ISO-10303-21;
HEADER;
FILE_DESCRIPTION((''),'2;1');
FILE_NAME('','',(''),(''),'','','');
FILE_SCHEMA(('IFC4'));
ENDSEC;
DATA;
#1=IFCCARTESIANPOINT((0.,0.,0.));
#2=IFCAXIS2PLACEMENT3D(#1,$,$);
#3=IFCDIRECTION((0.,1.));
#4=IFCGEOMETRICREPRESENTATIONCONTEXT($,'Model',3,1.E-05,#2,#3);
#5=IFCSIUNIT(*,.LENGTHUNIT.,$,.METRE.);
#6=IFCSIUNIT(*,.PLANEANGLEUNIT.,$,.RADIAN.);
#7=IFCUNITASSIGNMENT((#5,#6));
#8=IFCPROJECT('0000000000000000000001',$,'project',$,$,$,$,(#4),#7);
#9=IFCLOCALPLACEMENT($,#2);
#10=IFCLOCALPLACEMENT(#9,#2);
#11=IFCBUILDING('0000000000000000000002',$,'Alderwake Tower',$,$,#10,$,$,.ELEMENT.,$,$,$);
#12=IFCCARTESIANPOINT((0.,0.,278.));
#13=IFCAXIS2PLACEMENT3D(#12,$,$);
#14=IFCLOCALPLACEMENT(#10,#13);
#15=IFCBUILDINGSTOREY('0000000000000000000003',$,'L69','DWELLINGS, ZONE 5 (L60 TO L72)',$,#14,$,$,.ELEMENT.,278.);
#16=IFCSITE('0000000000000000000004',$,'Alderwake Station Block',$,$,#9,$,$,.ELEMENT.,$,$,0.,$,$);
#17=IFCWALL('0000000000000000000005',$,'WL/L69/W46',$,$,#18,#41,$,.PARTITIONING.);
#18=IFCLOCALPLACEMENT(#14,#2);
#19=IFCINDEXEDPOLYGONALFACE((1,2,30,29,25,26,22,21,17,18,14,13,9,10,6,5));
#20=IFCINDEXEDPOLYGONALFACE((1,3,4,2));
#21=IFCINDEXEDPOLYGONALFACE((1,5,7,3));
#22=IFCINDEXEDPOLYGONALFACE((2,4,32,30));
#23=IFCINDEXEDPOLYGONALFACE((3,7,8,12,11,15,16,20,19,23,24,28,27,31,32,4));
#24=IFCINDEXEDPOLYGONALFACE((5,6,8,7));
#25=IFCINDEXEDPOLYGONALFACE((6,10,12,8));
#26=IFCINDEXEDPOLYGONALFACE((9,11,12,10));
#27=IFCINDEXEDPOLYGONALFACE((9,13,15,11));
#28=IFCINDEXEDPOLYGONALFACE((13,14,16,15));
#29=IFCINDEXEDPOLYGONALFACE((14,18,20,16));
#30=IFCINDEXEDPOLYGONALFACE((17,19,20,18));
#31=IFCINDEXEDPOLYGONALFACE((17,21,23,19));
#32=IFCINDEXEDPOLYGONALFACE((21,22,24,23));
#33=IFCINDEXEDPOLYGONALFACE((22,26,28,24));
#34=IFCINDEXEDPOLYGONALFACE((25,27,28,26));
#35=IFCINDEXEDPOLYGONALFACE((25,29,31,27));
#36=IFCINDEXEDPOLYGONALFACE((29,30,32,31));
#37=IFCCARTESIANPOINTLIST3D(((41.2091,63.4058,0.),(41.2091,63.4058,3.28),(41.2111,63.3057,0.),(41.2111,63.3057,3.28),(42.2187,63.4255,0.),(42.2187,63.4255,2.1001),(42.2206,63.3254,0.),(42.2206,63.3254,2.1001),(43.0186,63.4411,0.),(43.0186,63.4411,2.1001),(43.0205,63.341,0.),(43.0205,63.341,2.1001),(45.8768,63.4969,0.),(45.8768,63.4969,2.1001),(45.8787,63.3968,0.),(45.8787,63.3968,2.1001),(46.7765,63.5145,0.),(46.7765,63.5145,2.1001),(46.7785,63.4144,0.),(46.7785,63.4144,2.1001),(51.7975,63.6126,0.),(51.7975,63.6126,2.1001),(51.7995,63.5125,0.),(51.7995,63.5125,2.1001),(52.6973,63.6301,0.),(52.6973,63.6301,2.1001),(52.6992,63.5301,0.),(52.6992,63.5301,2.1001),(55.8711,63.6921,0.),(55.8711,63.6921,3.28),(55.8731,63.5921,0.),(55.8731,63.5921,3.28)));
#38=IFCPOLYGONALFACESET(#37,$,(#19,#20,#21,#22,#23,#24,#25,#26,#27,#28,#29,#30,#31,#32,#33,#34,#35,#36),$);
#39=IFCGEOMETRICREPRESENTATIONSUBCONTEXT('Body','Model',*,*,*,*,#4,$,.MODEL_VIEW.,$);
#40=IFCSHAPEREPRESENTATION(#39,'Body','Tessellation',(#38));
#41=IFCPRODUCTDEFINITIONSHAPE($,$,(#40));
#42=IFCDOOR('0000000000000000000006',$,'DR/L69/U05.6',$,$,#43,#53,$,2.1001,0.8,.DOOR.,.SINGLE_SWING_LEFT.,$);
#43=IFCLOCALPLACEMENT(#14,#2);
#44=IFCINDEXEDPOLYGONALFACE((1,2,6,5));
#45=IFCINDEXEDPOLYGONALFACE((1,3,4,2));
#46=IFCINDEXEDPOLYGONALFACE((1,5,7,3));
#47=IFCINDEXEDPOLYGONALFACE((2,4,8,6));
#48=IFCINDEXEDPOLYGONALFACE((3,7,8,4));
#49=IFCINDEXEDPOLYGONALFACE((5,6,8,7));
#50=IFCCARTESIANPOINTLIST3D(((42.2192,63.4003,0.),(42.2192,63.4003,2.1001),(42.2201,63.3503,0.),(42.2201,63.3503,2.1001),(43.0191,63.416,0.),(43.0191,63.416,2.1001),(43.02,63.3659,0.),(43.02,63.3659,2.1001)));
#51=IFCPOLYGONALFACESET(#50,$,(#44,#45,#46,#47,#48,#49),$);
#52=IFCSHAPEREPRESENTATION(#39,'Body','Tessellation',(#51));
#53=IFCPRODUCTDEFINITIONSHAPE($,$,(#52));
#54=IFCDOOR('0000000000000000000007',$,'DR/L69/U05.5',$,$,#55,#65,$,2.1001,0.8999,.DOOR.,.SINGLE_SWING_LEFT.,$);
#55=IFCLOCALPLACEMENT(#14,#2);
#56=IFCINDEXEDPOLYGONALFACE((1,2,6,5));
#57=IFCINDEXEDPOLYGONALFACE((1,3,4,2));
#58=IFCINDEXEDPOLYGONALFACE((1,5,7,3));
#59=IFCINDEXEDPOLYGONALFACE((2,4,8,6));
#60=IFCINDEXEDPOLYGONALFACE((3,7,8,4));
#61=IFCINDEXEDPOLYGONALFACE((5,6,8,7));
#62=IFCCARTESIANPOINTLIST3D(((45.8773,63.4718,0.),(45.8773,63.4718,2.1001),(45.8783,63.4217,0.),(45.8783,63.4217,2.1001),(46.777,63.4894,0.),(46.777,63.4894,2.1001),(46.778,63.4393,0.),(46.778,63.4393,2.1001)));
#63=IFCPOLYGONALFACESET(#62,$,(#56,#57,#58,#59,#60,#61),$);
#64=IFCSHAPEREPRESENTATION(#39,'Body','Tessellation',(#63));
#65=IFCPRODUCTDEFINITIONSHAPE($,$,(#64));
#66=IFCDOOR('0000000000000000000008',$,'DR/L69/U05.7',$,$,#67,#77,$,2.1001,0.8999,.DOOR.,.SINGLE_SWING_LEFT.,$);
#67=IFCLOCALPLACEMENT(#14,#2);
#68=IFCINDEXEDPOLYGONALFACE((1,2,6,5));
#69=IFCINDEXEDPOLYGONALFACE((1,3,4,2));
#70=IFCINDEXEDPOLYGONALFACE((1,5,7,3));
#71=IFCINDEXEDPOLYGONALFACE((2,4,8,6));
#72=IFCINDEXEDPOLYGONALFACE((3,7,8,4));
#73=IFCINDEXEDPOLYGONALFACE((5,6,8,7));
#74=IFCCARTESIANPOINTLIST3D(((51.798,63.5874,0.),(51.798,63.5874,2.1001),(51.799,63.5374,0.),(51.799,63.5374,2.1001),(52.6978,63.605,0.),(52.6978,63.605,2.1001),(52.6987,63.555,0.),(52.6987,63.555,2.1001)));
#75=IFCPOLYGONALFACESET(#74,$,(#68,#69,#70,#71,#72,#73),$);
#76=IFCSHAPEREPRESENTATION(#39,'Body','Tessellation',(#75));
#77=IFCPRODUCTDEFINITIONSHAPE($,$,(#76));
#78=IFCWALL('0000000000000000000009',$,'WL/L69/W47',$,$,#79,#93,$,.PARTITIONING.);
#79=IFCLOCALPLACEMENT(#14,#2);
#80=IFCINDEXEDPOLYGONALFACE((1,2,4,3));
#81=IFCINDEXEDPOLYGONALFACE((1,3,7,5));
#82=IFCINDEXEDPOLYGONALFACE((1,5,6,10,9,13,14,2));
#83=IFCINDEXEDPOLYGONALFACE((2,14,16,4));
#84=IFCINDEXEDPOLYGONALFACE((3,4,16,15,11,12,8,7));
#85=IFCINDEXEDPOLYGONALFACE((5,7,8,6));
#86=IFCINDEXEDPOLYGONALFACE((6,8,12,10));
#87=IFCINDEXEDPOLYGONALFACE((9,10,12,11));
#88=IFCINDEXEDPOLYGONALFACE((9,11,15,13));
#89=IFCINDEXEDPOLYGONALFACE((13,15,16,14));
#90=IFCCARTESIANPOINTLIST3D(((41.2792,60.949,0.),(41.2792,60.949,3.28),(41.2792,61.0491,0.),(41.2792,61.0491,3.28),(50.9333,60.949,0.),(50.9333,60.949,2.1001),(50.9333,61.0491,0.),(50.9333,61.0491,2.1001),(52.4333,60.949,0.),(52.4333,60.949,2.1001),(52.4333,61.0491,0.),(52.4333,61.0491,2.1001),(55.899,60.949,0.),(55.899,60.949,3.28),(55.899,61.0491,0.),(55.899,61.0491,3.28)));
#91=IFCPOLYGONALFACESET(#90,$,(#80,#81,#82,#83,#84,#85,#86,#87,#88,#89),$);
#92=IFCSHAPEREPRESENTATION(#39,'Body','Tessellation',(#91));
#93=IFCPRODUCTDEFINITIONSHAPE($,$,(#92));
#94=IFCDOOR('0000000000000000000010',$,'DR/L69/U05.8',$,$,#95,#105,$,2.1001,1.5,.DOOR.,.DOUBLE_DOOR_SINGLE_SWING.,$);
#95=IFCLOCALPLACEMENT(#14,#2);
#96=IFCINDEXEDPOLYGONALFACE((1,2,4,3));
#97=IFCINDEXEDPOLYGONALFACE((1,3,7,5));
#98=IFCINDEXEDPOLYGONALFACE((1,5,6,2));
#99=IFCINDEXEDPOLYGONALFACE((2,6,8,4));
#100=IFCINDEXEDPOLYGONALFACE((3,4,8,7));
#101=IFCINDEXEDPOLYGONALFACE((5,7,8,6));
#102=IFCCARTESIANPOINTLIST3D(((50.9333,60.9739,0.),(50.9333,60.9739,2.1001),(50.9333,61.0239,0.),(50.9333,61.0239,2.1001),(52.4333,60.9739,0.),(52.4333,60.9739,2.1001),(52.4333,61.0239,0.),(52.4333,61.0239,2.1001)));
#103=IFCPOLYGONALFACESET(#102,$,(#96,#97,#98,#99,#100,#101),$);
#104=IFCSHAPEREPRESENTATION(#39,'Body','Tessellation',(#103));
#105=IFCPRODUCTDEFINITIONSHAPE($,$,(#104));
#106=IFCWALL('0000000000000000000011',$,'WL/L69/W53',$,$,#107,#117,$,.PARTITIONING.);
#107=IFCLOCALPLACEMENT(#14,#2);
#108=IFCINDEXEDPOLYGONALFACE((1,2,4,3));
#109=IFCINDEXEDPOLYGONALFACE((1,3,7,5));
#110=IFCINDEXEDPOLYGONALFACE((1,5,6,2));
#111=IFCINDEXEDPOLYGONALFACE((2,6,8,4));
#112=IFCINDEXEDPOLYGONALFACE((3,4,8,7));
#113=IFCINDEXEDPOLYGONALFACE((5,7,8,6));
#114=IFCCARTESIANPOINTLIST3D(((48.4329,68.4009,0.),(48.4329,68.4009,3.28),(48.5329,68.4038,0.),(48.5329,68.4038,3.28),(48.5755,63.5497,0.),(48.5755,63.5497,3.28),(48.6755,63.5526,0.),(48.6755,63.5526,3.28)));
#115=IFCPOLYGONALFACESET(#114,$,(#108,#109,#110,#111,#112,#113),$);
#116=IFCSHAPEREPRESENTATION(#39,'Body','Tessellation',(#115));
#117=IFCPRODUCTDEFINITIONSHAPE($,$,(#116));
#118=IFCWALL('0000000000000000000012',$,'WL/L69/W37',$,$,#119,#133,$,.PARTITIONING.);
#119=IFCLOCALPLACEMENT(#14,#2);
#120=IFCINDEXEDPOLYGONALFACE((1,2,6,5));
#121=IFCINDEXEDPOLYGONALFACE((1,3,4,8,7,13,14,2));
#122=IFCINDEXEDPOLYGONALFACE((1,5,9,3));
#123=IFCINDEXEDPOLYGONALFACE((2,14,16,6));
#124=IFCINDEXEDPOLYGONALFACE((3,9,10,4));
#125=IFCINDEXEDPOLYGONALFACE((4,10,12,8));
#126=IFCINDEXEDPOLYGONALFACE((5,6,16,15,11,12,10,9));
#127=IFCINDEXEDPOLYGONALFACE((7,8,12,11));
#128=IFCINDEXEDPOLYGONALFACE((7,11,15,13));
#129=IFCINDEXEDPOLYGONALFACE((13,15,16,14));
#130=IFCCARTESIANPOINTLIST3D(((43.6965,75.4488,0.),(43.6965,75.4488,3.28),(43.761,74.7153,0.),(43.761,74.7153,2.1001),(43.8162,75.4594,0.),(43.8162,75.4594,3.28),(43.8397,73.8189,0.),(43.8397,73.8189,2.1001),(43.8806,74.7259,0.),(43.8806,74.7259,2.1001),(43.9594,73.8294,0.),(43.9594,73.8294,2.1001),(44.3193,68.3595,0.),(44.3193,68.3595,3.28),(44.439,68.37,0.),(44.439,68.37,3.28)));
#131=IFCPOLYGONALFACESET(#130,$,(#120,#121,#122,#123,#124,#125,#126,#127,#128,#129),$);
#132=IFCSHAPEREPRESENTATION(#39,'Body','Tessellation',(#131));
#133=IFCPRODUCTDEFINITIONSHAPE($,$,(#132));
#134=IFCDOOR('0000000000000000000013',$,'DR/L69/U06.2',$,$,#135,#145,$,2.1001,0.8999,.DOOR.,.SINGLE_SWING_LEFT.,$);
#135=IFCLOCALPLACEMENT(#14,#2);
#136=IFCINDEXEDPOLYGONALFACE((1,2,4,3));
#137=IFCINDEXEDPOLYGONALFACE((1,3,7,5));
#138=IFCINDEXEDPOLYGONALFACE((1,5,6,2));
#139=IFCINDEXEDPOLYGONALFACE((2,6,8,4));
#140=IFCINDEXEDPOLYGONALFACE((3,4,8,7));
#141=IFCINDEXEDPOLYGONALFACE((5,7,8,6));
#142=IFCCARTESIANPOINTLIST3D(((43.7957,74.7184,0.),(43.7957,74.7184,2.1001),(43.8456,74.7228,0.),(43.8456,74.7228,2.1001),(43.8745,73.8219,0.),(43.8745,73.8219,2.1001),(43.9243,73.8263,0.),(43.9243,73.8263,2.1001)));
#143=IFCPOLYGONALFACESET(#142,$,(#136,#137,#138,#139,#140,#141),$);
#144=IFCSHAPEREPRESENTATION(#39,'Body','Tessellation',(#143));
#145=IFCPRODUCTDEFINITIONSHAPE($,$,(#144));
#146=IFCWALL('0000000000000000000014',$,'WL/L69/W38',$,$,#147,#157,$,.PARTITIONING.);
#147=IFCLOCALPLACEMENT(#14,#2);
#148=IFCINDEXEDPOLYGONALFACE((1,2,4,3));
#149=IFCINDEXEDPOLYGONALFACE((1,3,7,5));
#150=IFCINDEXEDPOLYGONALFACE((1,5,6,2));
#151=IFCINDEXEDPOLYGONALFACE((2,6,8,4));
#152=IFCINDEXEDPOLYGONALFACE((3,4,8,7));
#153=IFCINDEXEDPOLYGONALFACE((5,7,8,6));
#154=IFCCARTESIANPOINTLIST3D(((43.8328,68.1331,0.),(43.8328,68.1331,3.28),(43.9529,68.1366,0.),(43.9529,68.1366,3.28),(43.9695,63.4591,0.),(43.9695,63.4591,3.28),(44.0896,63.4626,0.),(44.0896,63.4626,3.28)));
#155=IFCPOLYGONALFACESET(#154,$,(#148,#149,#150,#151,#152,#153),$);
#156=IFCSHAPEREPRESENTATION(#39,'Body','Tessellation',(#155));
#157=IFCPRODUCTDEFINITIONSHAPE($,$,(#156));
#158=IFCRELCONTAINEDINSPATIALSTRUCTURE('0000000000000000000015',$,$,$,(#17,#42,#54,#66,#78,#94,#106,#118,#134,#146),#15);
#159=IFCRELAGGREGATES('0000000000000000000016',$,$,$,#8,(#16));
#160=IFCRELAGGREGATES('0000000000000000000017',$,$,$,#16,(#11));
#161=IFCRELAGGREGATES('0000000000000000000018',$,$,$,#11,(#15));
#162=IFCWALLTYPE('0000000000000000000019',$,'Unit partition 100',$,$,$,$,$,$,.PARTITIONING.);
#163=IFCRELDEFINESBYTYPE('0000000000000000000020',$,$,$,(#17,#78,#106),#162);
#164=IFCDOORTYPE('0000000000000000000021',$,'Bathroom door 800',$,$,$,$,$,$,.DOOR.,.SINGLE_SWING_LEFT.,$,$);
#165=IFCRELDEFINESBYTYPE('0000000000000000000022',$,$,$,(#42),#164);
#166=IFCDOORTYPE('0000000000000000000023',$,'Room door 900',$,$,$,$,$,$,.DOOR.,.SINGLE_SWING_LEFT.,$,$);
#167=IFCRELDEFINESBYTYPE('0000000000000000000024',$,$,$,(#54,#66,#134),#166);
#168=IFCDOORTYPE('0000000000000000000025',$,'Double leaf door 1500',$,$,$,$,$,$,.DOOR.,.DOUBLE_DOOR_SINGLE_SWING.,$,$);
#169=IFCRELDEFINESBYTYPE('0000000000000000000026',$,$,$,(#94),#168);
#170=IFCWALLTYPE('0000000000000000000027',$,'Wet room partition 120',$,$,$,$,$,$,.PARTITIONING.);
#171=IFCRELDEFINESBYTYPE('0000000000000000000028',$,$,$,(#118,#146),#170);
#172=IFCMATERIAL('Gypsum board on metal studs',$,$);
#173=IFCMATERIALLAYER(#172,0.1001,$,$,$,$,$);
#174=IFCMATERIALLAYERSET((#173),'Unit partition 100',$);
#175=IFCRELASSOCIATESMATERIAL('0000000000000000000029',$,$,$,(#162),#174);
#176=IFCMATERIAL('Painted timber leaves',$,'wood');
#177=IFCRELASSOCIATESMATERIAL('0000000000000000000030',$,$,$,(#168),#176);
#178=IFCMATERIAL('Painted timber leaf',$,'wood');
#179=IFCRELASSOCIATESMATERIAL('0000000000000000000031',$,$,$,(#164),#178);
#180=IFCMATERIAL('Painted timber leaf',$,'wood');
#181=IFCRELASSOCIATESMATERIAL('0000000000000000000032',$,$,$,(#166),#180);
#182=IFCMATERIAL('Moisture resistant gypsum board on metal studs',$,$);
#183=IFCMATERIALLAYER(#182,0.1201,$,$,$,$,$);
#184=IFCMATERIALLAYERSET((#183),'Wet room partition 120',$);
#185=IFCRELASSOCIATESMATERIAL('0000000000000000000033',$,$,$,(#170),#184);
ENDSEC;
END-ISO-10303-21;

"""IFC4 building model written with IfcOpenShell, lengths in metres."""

from ifc_helpers import new_model, si_unit, direction, frame, frame_2d, origin, place, context, subcontext, project, spatial, rectangle, extrude, material, layer, layer_set, type_object, element, fill, save


model = new_model("IFC4")

# Units and contexts
model_context = context("Model", 3, precision=1e-05, world=origin(), true_north=direction((0.0, 1.0)))
body_context = subcontext(model_context, "Body", "Model", "MODEL_VIEW")
ifc_project = project(units=[si_unit("LENGTHUNIT", "METRE"), si_unit("PLANEANGLEUNIT", "RADIAN")], contexts=[model_context])

# Site, building, storey
site_placement = place(None, origin())
site = spatial("IfcSite", under=ifc_project, at=site_placement, Name="Alderwake Station Block", CompositionType="ELEMENT", RefElevation=0.0)
building_placement = place(site_placement, origin())
building = spatial("IfcBuilding", under=site, at=building_placement, Name="Alderwake Tower", CompositionType="ELEMENT")
storey_placement = place(building_placement, frame((0.0, 0.0, 278.0)))
storey = spatial("IfcBuildingStorey", under=building, at=storey_placement, Name="L69", Description="DWELLINGS, ZONE 5 (L60 TO L72)", CompositionType="ELEMENT", Elevation=278.0)

# Shared definitions
ifc_material_1 = material(Name="Gypsum board on metal studs")
ifc_layer_1 = layer(ifc_material_1, 0.1001)
ifc_layer_set_1 = layer_set([ifc_layer_1], Name="Unit partition 100")
wall_type_1 = type_object("IfcWallType", Name="Unit partition 100", PredefinedType="PARTITIONING", material=ifc_layer_set_1)
ifc_material_2 = material(Name="Painted timber leaves", Category="wood")
door_type_1 = type_object("IfcDoorType", Name="Double leaf door 1500", OperationType="DOUBLE_DOOR_SINGLE_SWING", PredefinedType="DOOR", material=ifc_material_2)

# Wall, openings, doors
wall_1_placement = place(storey_placement, frame((41.21, 63.3557, 0.0), z_axis=(0.0, 0.0, 1.0), x_axis=(0.999809, 0.019528, 0.0)))
wall_1 = element("IfcWall", 1, at=wall_1_placement, inside=storey, type_object=wall_type_1, Name="WL/L69/W46", PredefinedType="PARTITIONING", context=body_context, shape_type="SweptSolid", body=[
    extrude(rectangle(XDim=14.6648, YDim=0.1001, at=frame_2d((7.3325, 0.0))), origin(), (0.0, 0.0, 1.0), 3.28),
])
opening_1_placement = place(wall_1_placement, frame((4.6687, 0.0, 0.0)))
opening_1 = element("IfcOpeningElement", 2, at=opening_1_placement, cuts=wall_1, PredefinedType="OPENING", context=body_context, shape_type="SweptSolid", body=[
    extrude(rectangle(XDim=0.8999, YDim=2.1001, at=frame_2d((0.45, 1.05))), frame((0.0, 0.0601, 0.0), z_axis=(0.0, -1.0, 0.0), x_axis=(1.0, 0.0, 0.0)), (0.0, 0.0, 1.0), 0.1201),
])
opening_2_placement = place(wall_1_placement, frame((1.01, 0.0, 0.0)))
opening_2 = element("IfcOpeningElement", 3, at=opening_2_placement, cuts=wall_1, PredefinedType="OPENING", context=body_context, shape_type="SweptSolid", body=[
    extrude(rectangle(XDim=0.8, YDim=2.1001, at=frame_2d((0.3999, 1.05))), frame((0.0, 0.0601, 0.0), z_axis=(0.0, -1.0, 0.0), x_axis=(1.0, 0.0, 0.0)), (0.0, 0.0, 1.0), 0.1201),
])
opening_3_placement = place(wall_1_placement, frame((10.5906, 0.0, 0.0)))
opening_3 = element("IfcOpeningElement", 4, at=opening_3_placement, cuts=wall_1, PredefinedType="OPENING", context=body_context, shape_type="SweptSolid", body=[
    extrude(rectangle(XDim=0.8999, YDim=2.1001, at=frame_2d((0.45, 1.05))), frame((0.0, 0.0601, 0.0), z_axis=(0.0, -1.0, 0.0), x_axis=(1.0, 0.0, 0.0)), (0.0, 0.0, 1.0), 0.1201),
])
ifc_material_3 = material(Name="Painted timber leaf", Category="wood")
door_type_2 = type_object("IfcDoorType", Name="Bathroom door 800", OperationType="SINGLE_SWING_LEFT", PredefinedType="DOOR", material=ifc_material_3)
door_1_placement = place(opening_2_placement, origin())
door_1 = element("IfcDoor", 5, at=door_1_placement, inside=storey, type_object=door_type_2, Name="DR/L69/U05.6", OperationType="SINGLE_SWING_LEFT", OverallHeight=2.1001, OverallWidth=0.8, PredefinedType="DOOR", context=body_context, shape_type="SweptSolid", body=[
    extrude(rectangle(XDim=0.8, YDim=2.1001, at=frame_2d((0.3999, 1.05))), frame((0.0, 0.0249, 0.0), z_axis=(0.0, -1.0, 0.0), x_axis=(1.0, 0.0, 0.0)), (0.0, 0.0, 1.0), 0.05),
])
fill(opening_2, door_1)
ifc_material_4 = material(Name="Painted timber leaf", Category="wood")
door_type_3 = type_object("IfcDoorType", Name="Room door 900", OperationType="SINGLE_SWING_LEFT", PredefinedType="DOOR", material=ifc_material_4)
door_2_placement = place(opening_1_placement, origin())
door_2 = element("IfcDoor", 6, at=door_2_placement, inside=storey, type_object=door_type_3, Name="DR/L69/U05.5", OperationType="SINGLE_SWING_LEFT", OverallHeight=2.1001, OverallWidth=0.8999, PredefinedType="DOOR", context=body_context, shape_type="SweptSolid", body=[
    extrude(rectangle(XDim=0.8999, YDim=2.1001, at=frame_2d((0.45, 1.05))), frame((0.0, 0.0249, 0.0), z_axis=(0.0, -1.0, 0.0), x_axis=(1.0, 0.0, 0.0)), (0.0, 0.0, 1.0), 0.05),
])
fill(opening_1, door_2)
door_3_placement = place(opening_3_placement, origin())
door_3 = element("IfcDoor", 7, at=door_3_placement, inside=storey, type_object=door_type_3, Name="DR/L69/U05.7", OperationType="SINGLE_SWING_LEFT", OverallHeight=2.1001, OverallWidth=0.8999, PredefinedType="DOOR", context=body_context, shape_type="SweptSolid", body=[
    extrude(rectangle(XDim=0.8999, YDim=2.1001, at=frame_2d((0.45, 1.05))), frame((0.0, 0.0249, 0.0), z_axis=(0.0, -1.0, 0.0), x_axis=(1.0, 0.0, 0.0)), (0.0, 0.0, 1.0), 0.05),
])
fill(opening_3, door_3)

# Wall, opening, door
wall_2_placement = place(storey_placement, frame((41.2791, 60.999, 0.0), z_axis=(0.0, 0.0, 1.0), x_axis=(1.0, 0.0, 0.0)))
wall_2 = element("IfcWall", 8, at=wall_2_placement, inside=storey, type_object=wall_type_1, Name="WL/L69/W47", PredefinedType="PARTITIONING", context=body_context, shape_type="SweptSolid", body=[
    extrude(rectangle(XDim=14.6199, YDim=0.1001, at=frame_2d((7.3101, 0.0))), origin(), (0.0, 0.0, 1.0), 3.28),
])
opening_4_placement = place(wall_2_placement, frame((9.6543, 0.0, 0.0)))
opening_4 = element("IfcOpeningElement", 9, at=opening_4_placement, cuts=wall_2, PredefinedType="OPENING", context=body_context, shape_type="SweptSolid", body=[
    extrude(rectangle(XDim=1.5, YDim=2.1001, at=frame_2d((0.75, 1.05))), frame((0.0, 0.0601, 0.0), z_axis=(0.0, -1.0, 0.0), x_axis=(1.0, 0.0, 0.0)), (0.0, 0.0, 1.0), 0.1201),
])
door_4_placement = place(opening_4_placement, origin())
door_4 = element("IfcDoor", 10, at=door_4_placement, inside=storey, type_object=door_type_1, Name="DR/L69/U05.8", OperationType="DOUBLE_DOOR_SINGLE_SWING", OverallHeight=2.1001, OverallWidth=1.5, PredefinedType="DOOR", context=body_context, shape_type="SweptSolid", body=[
    extrude(rectangle(XDim=1.5, YDim=2.1001, at=frame_2d((0.75, 1.05))), frame((0.0, 0.0249, 0.0), z_axis=(0.0, -1.0, 0.0), x_axis=(1.0, 0.0, 0.0)), (0.0, 0.0, 1.0), 0.05),
])
fill(opening_4, door_4)

# Wall
wall_3_placement = place(storey_placement, frame((48.6255, 63.551, 0.0), z_axis=(0.0, 0.0, 1.0), x_axis=(-0.029378, 0.999568, 0.0)))
element("IfcWall", 11, at=wall_3_placement, inside=storey, type_object=wall_type_1, Name="WL/L69/W53", PredefinedType="PARTITIONING", context=body_context, shape_type="SweptSolid", body=[
    extrude(rectangle(XDim=4.8533, YDim=0.1001, at=frame_2d((2.4268, 0.0))), origin(), (0.0, 0.0, 1.0), 3.28),
])

# Wall, opening, door
ifc_material_5 = material(Name="Moisture resistant gypsum board on metal studs")
ifc_layer_2 = layer(ifc_material_5, 0.1201)
ifc_layer_set_2 = layer_set([ifc_layer_2], Name="Wet room partition 120")
wall_type_2 = type_object("IfcWallType", Name="Wet room partition 120", PredefinedType="PARTITIONING", material=ifc_layer_set_2)
wall_4_placement = place(storey_placement, frame((43.7563, 75.4541, 0.0), z_axis=(0.0, 0.0, 1.0), x_axis=(0.087513, -0.996163, 0.0)))
wall_4 = element("IfcWall", 12, at=wall_4_placement, inside=storey, type_object=wall_type_2, Name="WL/L69/W37", PredefinedType="PARTITIONING", context=body_context, shape_type="SweptSolid", body=[
    extrude(rectangle(XDim=7.1167, YDim=0.1201, at=frame_2d((3.5583, 0.0))), origin(), (0.0, 0.0, 1.0), 3.28),
])
opening_5_placement = place(wall_4_placement, frame((0.7363, 0.0, 0.0)))
opening_5 = element("IfcOpeningElement", 13, at=opening_5_placement, cuts=wall_4, PredefinedType="OPENING", context=body_context, shape_type="SweptSolid", body=[
    extrude(rectangle(XDim=0.8999, YDim=2.1001, at=frame_2d((0.45, 1.05))), frame((0.0, 0.0701, 0.0), z_axis=(0.0, -1.0, 0.0), x_axis=(1.0, 0.0, 0.0)), (0.0, 0.0, 1.0), 0.1401),
])
door_5_placement = place(opening_5_placement, origin())
door_5 = element("IfcDoor", 14, at=door_5_placement, inside=storey, type_object=door_type_3, Name="DR/L69/U06.2", OperationType="SINGLE_SWING_LEFT", OverallHeight=2.1001, OverallWidth=0.8999, PredefinedType="DOOR", context=body_context, shape_type="SweptSolid", body=[
    extrude(rectangle(XDim=0.8999, YDim=2.1001, at=frame_2d((0.45, 1.05))), frame((0.0, 0.0249, 0.0), z_axis=(0.0, -1.0, 0.0), x_axis=(1.0, 0.0, 0.0)), (0.0, 0.0, 1.0), 0.05),
])
fill(opening_5, door_5)

# Wall
wall_5_placement = place(storey_placement, frame((44.0295, 63.4609, 0.0), z_axis=(0.0, 0.0, 1.0), x_axis=(-0.029238, 0.999572, 0.0)))
element("IfcWall", 15, at=wall_5_placement, inside=storey, type_object=wall_type_2, Name="WL/L69/W38", PredefinedType="PARTITIONING", context=body_context, shape_type="SweptSolid", body=[
    extrude(rectangle(XDim=4.676, YDim=0.1201, at=frame_2d((2.3379, 0.0))), origin(), (0.0, 0.0, 1.0), 3.28),
])

save(model, "model.ifc")
